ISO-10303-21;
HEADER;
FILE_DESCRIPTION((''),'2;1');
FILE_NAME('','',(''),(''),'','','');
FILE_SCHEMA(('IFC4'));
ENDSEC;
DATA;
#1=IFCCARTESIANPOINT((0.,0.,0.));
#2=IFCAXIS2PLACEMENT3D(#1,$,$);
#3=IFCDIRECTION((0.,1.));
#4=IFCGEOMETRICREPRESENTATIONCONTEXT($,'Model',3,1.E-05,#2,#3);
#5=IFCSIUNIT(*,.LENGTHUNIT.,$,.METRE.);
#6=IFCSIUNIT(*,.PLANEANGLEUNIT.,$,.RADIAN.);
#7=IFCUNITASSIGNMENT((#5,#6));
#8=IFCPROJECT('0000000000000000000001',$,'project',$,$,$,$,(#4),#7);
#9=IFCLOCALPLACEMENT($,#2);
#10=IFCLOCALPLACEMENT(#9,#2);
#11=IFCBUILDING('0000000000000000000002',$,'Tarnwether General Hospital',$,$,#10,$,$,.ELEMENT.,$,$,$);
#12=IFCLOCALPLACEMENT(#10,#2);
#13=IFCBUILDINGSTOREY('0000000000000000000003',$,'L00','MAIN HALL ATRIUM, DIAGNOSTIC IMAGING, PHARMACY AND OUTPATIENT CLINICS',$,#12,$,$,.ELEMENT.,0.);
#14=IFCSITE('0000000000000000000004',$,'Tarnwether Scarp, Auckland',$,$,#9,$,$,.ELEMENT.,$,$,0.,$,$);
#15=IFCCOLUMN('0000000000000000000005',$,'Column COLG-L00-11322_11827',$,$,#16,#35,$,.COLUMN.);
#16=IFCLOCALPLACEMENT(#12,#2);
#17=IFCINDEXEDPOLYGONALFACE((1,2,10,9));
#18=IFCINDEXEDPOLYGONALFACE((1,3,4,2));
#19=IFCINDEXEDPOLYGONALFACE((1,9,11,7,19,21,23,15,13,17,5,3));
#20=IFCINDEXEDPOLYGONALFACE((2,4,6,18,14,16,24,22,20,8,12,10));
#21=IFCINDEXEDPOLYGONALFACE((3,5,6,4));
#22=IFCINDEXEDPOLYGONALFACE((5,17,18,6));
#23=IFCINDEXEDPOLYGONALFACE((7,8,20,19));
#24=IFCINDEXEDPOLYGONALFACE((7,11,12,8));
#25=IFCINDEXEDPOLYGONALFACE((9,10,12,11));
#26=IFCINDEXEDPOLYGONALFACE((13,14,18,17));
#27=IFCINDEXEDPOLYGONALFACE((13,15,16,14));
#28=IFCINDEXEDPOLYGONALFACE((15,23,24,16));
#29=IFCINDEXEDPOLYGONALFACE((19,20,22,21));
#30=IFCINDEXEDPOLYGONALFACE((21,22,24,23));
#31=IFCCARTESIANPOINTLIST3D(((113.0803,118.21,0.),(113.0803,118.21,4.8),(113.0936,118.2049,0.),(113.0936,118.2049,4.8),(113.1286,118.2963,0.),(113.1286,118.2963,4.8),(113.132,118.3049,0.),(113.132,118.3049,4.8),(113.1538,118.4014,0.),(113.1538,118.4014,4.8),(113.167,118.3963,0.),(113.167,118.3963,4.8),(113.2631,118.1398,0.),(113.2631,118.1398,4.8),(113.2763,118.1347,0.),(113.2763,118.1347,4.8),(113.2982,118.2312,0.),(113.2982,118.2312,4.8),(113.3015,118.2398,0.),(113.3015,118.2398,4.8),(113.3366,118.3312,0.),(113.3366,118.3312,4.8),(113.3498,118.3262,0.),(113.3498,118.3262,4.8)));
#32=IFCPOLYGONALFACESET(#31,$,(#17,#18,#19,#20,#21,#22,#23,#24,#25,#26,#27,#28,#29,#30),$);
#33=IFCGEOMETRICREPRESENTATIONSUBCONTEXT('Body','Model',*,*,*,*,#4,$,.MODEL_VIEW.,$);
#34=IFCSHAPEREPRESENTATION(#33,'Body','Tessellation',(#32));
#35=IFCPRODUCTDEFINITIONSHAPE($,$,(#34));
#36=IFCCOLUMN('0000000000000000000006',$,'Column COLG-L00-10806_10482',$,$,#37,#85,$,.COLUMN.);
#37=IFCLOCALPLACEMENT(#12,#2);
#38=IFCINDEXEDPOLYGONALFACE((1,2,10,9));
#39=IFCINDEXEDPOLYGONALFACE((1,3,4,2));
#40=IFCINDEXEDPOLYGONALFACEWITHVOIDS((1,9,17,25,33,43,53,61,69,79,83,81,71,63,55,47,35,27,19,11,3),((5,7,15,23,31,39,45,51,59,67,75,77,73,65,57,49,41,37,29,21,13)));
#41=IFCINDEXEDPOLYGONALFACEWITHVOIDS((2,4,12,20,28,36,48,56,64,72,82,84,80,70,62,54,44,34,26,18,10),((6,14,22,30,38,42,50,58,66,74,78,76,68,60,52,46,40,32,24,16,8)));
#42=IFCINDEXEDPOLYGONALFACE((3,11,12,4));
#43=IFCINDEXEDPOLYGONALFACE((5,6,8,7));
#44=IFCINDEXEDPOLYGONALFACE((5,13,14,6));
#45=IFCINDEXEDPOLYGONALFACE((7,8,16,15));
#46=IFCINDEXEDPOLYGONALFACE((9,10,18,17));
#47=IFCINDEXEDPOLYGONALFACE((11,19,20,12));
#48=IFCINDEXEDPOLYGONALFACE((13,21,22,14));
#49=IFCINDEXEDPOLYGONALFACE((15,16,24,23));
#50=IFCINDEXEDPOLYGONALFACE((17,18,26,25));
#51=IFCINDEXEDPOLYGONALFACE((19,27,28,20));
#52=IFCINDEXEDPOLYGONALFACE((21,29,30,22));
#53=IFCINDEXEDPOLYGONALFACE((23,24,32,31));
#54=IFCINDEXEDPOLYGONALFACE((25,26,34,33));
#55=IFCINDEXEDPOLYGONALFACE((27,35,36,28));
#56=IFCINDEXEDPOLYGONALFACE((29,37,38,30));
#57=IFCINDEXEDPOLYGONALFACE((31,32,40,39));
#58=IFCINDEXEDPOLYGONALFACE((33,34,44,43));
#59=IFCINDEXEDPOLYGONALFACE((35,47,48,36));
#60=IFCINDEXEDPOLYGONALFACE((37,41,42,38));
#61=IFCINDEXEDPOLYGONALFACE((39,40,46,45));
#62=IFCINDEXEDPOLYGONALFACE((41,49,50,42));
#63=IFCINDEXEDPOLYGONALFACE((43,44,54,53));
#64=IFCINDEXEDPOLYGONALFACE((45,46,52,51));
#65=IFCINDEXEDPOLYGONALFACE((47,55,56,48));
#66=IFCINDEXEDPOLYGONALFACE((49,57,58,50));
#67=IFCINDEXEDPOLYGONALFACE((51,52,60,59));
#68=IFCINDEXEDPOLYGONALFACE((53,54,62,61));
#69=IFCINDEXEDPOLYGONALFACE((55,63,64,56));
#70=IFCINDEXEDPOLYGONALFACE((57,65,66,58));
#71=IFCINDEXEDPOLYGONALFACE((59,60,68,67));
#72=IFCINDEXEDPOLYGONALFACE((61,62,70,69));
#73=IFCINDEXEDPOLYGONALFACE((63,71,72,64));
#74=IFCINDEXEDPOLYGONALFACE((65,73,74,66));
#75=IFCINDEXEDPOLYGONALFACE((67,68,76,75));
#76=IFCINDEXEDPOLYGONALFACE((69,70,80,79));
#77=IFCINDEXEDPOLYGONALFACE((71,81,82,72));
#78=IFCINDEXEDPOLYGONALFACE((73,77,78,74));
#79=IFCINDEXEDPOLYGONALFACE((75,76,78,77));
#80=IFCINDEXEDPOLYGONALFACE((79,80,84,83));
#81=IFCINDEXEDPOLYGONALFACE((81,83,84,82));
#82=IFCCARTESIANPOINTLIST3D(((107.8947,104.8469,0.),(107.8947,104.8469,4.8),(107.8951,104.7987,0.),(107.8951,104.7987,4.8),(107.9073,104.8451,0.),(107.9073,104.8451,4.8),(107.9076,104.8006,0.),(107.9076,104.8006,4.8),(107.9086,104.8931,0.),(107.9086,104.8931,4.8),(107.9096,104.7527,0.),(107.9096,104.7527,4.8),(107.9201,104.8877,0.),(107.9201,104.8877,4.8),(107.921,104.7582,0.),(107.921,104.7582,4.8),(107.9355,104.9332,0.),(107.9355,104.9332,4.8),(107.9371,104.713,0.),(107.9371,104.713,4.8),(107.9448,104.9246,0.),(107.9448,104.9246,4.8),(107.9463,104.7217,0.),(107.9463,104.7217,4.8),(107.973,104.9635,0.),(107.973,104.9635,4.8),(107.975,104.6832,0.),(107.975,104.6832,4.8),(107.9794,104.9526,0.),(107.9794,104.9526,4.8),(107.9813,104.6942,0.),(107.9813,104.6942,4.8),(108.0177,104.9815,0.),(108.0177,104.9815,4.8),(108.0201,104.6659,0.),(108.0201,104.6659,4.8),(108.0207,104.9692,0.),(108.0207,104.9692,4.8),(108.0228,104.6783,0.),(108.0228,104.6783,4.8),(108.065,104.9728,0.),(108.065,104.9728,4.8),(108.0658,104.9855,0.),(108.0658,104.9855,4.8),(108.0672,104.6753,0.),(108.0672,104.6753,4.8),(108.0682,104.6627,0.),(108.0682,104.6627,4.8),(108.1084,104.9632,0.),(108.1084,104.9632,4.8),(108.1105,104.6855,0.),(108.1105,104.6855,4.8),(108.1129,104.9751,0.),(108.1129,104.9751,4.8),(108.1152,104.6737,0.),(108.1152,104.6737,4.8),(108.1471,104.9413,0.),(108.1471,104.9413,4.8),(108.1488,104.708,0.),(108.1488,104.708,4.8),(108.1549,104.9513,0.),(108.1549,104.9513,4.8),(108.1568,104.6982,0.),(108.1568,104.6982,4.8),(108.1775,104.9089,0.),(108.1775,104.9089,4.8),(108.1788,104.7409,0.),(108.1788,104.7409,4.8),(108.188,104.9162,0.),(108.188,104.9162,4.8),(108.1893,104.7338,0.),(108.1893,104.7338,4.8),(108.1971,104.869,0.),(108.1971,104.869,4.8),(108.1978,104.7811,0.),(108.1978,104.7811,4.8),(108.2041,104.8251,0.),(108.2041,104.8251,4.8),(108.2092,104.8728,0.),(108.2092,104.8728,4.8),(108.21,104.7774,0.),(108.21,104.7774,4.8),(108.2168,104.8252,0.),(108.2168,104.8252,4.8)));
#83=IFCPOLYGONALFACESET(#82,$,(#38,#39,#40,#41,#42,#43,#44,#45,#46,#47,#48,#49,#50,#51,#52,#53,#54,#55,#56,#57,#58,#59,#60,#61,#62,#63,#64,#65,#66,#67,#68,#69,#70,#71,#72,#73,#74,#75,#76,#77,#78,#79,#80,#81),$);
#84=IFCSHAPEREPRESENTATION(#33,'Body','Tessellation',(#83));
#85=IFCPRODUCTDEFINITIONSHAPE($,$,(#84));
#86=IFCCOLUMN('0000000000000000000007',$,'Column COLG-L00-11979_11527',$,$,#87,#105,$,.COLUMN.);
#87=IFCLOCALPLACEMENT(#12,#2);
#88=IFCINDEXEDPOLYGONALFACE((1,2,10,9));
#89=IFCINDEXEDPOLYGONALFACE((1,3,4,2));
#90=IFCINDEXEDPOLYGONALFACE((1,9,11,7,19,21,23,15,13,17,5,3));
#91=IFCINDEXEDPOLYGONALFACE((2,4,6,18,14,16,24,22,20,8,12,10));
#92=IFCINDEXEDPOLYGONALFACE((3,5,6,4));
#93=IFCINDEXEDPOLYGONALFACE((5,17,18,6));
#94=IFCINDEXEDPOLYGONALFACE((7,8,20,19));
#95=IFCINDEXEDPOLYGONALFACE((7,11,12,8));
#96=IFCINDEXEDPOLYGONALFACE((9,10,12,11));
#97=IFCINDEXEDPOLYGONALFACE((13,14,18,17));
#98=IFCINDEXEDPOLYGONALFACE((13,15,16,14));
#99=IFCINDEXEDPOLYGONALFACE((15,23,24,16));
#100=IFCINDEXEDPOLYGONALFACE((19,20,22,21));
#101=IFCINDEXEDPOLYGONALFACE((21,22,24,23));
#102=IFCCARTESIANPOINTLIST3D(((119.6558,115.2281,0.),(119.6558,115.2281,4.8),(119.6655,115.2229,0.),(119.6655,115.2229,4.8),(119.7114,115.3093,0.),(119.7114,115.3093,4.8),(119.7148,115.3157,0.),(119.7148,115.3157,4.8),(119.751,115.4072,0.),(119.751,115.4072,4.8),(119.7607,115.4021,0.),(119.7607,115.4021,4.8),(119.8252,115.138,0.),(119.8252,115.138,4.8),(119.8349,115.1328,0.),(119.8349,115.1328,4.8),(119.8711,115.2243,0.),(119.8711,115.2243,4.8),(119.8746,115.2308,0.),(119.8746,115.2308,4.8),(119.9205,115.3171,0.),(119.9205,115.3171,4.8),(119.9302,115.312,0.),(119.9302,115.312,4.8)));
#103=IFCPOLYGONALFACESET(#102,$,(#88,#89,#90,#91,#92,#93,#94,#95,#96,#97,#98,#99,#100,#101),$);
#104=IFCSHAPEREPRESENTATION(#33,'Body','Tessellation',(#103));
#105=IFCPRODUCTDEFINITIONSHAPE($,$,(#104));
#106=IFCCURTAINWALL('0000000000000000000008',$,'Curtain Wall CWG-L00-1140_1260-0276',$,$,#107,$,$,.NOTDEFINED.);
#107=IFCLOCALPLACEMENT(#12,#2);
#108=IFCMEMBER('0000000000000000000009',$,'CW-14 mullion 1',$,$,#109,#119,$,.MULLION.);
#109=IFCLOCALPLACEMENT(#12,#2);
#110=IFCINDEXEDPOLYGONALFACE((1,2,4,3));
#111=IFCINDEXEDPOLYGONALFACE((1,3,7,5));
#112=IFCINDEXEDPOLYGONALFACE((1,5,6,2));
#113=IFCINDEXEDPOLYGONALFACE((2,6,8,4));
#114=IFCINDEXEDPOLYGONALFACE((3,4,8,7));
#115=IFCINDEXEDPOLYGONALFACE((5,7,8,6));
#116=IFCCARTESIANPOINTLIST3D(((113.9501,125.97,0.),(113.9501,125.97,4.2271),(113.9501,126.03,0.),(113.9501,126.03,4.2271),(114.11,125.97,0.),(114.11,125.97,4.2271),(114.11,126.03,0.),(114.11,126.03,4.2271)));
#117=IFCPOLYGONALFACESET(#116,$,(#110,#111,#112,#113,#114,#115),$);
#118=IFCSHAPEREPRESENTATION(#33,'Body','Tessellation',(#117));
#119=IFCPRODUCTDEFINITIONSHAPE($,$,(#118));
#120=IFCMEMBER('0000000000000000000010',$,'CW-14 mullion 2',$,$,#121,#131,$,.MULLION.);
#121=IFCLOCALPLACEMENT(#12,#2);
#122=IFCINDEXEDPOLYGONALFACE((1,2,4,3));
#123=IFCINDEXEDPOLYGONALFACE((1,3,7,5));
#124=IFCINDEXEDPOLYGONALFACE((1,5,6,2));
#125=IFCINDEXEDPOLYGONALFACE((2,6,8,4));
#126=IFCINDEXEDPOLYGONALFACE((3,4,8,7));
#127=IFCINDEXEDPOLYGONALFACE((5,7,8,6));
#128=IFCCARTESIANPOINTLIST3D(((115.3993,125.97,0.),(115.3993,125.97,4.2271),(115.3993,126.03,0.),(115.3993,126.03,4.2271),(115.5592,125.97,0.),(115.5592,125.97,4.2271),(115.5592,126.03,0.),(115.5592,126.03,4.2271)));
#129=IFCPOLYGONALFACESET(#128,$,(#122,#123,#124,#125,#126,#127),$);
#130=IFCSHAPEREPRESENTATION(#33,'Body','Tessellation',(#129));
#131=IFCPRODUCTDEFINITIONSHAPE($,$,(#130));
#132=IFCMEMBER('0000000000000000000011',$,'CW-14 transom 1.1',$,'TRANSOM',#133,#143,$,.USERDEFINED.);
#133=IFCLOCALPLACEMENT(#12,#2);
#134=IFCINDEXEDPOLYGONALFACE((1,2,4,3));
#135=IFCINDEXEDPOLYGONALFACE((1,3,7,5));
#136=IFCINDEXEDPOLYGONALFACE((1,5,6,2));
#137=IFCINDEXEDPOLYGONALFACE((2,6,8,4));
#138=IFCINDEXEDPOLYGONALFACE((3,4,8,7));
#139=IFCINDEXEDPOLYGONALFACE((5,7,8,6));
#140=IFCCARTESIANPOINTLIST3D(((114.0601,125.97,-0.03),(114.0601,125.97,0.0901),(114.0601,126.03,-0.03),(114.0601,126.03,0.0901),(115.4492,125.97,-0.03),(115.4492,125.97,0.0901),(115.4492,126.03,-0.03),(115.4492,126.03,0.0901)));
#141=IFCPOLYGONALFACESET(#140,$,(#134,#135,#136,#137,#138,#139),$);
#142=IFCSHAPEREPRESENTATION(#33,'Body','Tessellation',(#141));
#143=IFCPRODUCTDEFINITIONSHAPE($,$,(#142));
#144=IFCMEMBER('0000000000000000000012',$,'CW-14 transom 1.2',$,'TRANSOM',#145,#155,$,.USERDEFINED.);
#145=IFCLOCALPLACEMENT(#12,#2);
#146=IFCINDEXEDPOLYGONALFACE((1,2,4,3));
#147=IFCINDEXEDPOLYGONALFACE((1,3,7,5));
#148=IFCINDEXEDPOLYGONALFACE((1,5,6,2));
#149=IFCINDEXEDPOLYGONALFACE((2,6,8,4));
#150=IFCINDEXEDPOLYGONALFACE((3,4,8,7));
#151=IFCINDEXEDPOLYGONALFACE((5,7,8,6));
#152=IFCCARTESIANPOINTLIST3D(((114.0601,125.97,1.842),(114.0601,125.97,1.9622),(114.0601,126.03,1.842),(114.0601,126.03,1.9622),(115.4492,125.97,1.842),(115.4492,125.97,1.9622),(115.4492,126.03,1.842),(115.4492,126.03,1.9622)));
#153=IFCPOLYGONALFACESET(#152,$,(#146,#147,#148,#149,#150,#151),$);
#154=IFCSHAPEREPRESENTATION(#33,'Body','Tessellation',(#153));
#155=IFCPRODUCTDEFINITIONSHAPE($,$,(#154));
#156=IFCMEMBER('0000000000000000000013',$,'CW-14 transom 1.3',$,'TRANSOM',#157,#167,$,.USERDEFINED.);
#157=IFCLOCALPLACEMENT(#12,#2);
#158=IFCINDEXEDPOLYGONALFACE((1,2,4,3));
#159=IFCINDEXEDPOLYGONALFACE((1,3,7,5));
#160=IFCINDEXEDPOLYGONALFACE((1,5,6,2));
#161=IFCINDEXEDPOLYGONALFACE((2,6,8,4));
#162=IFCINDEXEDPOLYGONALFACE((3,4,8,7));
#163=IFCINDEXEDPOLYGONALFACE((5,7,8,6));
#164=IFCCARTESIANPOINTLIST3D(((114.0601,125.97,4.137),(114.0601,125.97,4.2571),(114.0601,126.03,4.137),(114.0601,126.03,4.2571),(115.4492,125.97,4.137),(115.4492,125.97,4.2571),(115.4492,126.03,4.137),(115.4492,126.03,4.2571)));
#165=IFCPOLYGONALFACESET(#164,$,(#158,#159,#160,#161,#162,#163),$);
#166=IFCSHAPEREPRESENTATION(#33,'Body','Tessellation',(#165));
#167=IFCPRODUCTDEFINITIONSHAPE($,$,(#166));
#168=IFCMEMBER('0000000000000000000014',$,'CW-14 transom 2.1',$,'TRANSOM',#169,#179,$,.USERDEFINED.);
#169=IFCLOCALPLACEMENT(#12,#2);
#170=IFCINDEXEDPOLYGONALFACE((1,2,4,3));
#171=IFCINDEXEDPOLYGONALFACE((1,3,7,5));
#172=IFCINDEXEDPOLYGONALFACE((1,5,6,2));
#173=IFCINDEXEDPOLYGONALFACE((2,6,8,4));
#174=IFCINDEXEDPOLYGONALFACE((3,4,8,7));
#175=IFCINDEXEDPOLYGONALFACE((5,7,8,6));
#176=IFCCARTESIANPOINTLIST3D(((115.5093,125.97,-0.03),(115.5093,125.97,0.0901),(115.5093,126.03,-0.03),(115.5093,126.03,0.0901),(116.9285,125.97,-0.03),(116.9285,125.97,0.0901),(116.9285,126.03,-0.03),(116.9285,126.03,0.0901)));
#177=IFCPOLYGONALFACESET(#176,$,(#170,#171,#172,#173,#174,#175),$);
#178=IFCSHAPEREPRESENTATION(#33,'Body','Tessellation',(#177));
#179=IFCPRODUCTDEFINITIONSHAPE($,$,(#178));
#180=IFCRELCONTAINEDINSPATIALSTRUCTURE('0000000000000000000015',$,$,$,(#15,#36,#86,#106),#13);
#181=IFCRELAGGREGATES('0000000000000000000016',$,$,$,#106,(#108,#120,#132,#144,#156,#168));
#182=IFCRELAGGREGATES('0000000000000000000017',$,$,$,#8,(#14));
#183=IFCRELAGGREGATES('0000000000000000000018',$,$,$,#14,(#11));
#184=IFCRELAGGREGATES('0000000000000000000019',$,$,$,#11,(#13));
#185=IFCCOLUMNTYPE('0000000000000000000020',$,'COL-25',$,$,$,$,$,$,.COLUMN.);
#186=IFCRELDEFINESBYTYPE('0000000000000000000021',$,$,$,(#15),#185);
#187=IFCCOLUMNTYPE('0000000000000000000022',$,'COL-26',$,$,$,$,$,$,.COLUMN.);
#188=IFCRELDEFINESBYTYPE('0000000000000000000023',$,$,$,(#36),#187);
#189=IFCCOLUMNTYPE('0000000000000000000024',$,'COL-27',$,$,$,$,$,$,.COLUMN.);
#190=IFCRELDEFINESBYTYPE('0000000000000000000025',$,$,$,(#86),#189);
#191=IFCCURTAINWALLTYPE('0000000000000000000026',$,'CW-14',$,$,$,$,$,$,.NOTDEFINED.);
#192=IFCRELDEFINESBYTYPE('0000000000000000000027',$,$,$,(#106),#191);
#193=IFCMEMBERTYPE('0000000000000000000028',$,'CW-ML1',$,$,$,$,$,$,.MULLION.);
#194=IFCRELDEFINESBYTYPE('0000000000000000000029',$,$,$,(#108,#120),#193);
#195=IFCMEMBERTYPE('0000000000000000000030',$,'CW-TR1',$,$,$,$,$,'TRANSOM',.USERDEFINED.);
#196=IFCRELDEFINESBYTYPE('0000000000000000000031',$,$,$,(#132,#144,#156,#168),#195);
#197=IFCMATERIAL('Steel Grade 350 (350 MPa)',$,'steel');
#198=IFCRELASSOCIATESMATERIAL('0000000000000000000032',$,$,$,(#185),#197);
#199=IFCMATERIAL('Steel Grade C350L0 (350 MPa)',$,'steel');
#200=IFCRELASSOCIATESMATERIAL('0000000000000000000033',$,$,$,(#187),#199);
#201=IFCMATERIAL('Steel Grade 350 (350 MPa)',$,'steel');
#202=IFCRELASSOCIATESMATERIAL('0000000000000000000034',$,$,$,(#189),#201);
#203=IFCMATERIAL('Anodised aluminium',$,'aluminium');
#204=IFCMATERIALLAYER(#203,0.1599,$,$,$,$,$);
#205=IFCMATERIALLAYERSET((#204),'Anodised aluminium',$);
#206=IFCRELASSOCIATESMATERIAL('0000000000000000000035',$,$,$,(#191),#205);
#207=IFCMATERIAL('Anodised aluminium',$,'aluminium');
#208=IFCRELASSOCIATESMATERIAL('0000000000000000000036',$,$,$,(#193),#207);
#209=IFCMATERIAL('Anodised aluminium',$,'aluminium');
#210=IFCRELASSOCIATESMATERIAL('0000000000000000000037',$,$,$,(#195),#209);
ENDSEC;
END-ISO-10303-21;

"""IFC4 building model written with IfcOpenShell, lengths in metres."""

from ifc_helpers import new_model, si_unit, direction, frame, origin, origin_2d, place, context, subcontext, project, spatial, rectangle, hollow_circle, i_section, extrude, material, layer, layer_set, material_profile, profile_set, type_object, element, aggregate, save


model = new_model("IFC4")

# Units and contexts
model_context = context("Model", 3, precision=1e-05, world=origin(), true_north=direction((0.0, 1.0)))
body_context = subcontext(model_context, "Body", "Model", "MODEL_VIEW")
ifc_project = project(units=[si_unit("LENGTHUNIT", "METRE"), si_unit("PLANEANGLEUNIT", "RADIAN")], contexts=[model_context])

# Site, building, storey
site_placement = place(None, origin())
site = spatial("IfcSite", under=ifc_project, at=site_placement, Name="Tarnwether Scarp, Auckland", CompositionType="ELEMENT", RefElevation=0.0)
building_placement = place(site_placement, origin())
building = spatial("IfcBuilding", under=site, at=building_placement, Name="Tarnwether General Hospital", CompositionType="ELEMENT")
storey_placement = place(building_placement, origin())
storey = spatial("IfcBuildingStorey", under=building, at=storey_placement, Name="L00", Description="MAIN HALL ATRIUM, DIAGNOSTIC IMAGING, PHARMACY AND OUTPATIENT CLINICS", CompositionType="ELEMENT", Elevation=0.0)

# Columns
ifc_material_1 = material(Name="Steel Grade 350 (350 MPa)", Category="steel")
ifc_material_profile_1 = material_profile(ifc_material_1, i_section(OverallWidth=0.2051, OverallDepth=0.21, WebThickness=0.0093, FlangeThickness=0.0142, at=origin_2d()), Name="200UC59.5")
ifc_profile_set_1 = profile_set([ifc_material_profile_1], Name="Steel Grade 350 (350 MPa)")
column_type_1 = type_object("IfcColumnType", Name="COL-25", PredefinedType="COLUMN", material=ifc_profile_set_1)
column_1_placement = place(storey_placement, frame((113.2151, 118.2681, 0.0), z_axis=(0.0, 0.0, 1.0), x_axis=(0.358368, 0.93358, 0.0)))
element("IfcColumn", 1, at=column_1_placement, inside=storey, type_object=column_type_1, Name="Column COLG-L00-11322_11827", PredefinedType="COLUMN", context=body_context, shape_type="SweptSolid", body=[
    extrude(i_section(OverallWidth=0.2051, OverallDepth=0.21, WebThickness=0.0093, FlangeThickness=0.0142, at=origin_2d()), origin(), (0.0, 0.0, 1.0), 4.8),
])
ifc_material_2 = material(Name="Steel Grade C350L0 (350 MPa)", Category="steel")
ifc_material_profile_2 = material_profile(ifc_material_2, hollow_circle(Radius=0.1619, WallThickness=0.0127, at=origin_2d()), Name="CHS323.9x12.7")
ifc_profile_set_2 = profile_set([ifc_material_profile_2], Name="Steel Grade C350L0 (350 MPa)")
column_type_2 = type_object("IfcColumnType", Name="COL-26", PredefinedType="COLUMN", material=ifc_profile_set_2)
column_2_placement = place(storey_placement, frame((108.0549, 104.824, 0.0), z_axis=(0.0, 0.0, 1.0), x_axis=(0.358368, 0.93358, 0.0)))
element("IfcColumn", 2, at=column_2_placement, inside=storey, type_object=column_type_2, Name="Column COLG-L00-10806_10482", PredefinedType="COLUMN", context=body_context, shape_type="SweptSolid", body=[
    extrude(hollow_circle(Radius=0.1619, WallThickness=0.0127, at=origin_2d()), origin(), (0.0, 0.0, 1.0), 4.8),
])
ifc_material_3 = material(Name="Steel Grade 350 (350 MPa)", Category="steel")
ifc_material_profile_3 = material_profile(ifc_material_3, i_section(OverallWidth=0.2029, OverallDepth=0.2029, WebThickness=0.0073, FlangeThickness=0.011, at=origin_2d()), Name="200UC46.2")
ifc_profile_set_3 = profile_set([ifc_material_profile_3], Name="Steel Grade 350 (350 MPa)")
column_type_3 = type_object("IfcColumnType", Name="COL-27", PredefinedType="COLUMN", material=ifc_profile_set_3)
column_3_placement = place(storey_placement, frame((119.793, 115.27, 0.0), z_axis=(0.0, 0.0, 1.0), x_axis=(0.469472, 0.882948, 0.0)))
element("IfcColumn", 3, at=column_3_placement, inside=storey, type_object=column_type_3, Name="Column COLG-L00-11979_11527", PredefinedType="COLUMN", context=body_context, shape_type="SweptSolid", body=[
    extrude(i_section(OverallWidth=0.2029, OverallDepth=0.2029, WebThickness=0.0073, FlangeThickness=0.011, at=origin_2d()), origin(), (0.0, 0.0, 1.0), 4.8),
])

# Curtain wall, members
ifc_material_4 = material(Name="Anodised aluminium", Category="aluminium")
ifc_layer_1 = layer(ifc_material_4, 0.1599)
ifc_layer_set_1 = layer_set([ifc_layer_1], Name="Anodised aluminium")
curtain_wall_type = type_object("IfcCurtainWallType", Name="CW-14", PredefinedType="NOTDEFINED", material=ifc_layer_set_1)
curtain_wall_placement = place(storey_placement, origin())
curtain_wall = element("IfcCurtainWall", 4, at=curtain_wall_placement, inside=storey, type_object=curtain_wall_type, Name="Curtain Wall CWG-L00-1140_1260-0276", PredefinedType="NOTDEFINED")
ifc_material_5 = material(Name="Anodised aluminium", Category="aluminium")
ifc_material_profile_4 = material_profile(ifc_material_5, rectangle(XDim=0.0601, YDim=0.1599, at=origin_2d()), Name="ALU-MUL-60x160")
ifc_profile_set_4 = profile_set([ifc_material_profile_4], Name="Anodised aluminium")
member_type_1 = type_object("IfcMemberType", Name="CW-ML1", PredefinedType="MULLION", material=ifc_profile_set_4)
member_1_placement = place(storey_placement, frame((114.03, 126.0, 0.0), z_axis=(0.0, 0.0, 1.0), x_axis=(0.0, 1.0, 0.0)))
member_1 = element("IfcMember", 5, at=member_1_placement, type_object=member_type_1, Name="CW-14 mullion 1", PredefinedType="MULLION", context=body_context, shape_type="SweptSolid", body=[
    extrude(rectangle(XDim=0.0601, YDim=0.1599, at=origin_2d()), origin(), (0.0, 0.0, 1.0), 4.2271),
])
member_2_placement = place(storey_placement, frame((115.4792, 126.0, 0.0), z_axis=(0.0, 0.0, 1.0), x_axis=(0.0, 1.0, 0.0)))
member_2 = element("IfcMember", 6, at=member_2_placement, type_object=member_type_1, Name="CW-14 mullion 2", PredefinedType="MULLION", context=body_context, shape_type="SweptSolid", body=[
    extrude(rectangle(XDim=0.0601, YDim=0.1599, at=origin_2d()), origin(), (0.0, 0.0, 1.0), 4.2271),
])
ifc_material_6 = material(Name="Anodised aluminium", Category="aluminium")
ifc_material_profile_5 = material_profile(ifc_material_6, rectangle(XDim=0.0601, YDim=0.1201, at=origin_2d()), Name="ALU-TRN-60x120")
ifc_profile_set_5 = profile_set([ifc_material_profile_5], Name="Anodised aluminium")
member_type_2 = type_object("IfcMemberType", Name="CW-TR1", ElementType="TRANSOM", PredefinedType="USERDEFINED", material=ifc_profile_set_5)
member_3_placement = place(storey_placement, frame((114.0601, 126.0, 0.03), z_axis=(1.0, 0.0, 0.0), x_axis=(0.0, 1.0, 0.0)))
member_3 = element("IfcMember", 7, at=member_3_placement, type_object=member_type_2, Name="CW-14 transom 1.1", ObjectType="TRANSOM", PredefinedType="USERDEFINED", context=body_context, shape_type="SweptSolid", body=[
    extrude(rectangle(XDim=0.0601, YDim=0.1201, at=origin_2d()), origin(), (0.0, 0.0, 1.0), 1.3892),
])
member_4_placement = place(storey_placement, frame((114.0601, 126.0, 1.9021), z_axis=(1.0, 0.0, 0.0), x_axis=(0.0, 1.0, 0.0)))
member_4 = element("IfcMember", 8, at=member_4_placement, type_object=member_type_2, Name="CW-14 transom 1.2", ObjectType="TRANSOM", PredefinedType="USERDEFINED", context=body_context, shape_type="SweptSolid", body=[
    extrude(rectangle(XDim=0.0601, YDim=0.1201, at=origin_2d()), origin(), (0.0, 0.0, 1.0), 1.3892),
])
member_5_placement = place(storey_placement, frame((114.0601, 126.0, 4.197), z_axis=(1.0, 0.0, 0.0), x_axis=(0.0, 1.0, 0.0)))
member_5 = element("IfcMember", 9, at=member_5_placement, type_object=member_type_2, Name="CW-14 transom 1.3", ObjectType="TRANSOM", PredefinedType="USERDEFINED", context=body_context, shape_type="SweptSolid", body=[
    extrude(rectangle(XDim=0.0601, YDim=0.1201, at=origin_2d()), origin(), (0.0, 0.0, 1.0), 1.3892),
])
member_6_placement = place(storey_placement, frame((115.5093, 126.0, 0.03), z_axis=(1.0, 0.0, 0.0), x_axis=(0.0, 1.0, 0.0)))
member_6 = element("IfcMember", 10, at=member_6_placement, type_object=member_type_2, Name="CW-14 transom 2.1", ObjectType="TRANSOM", PredefinedType="USERDEFINED", context=body_context, shape_type="SweptSolid", body=[
    extrude(rectangle(XDim=0.0601, YDim=0.1201, at=origin_2d()), origin(), (0.0, 0.0, 1.0), 1.4192),
])
aggregate(curtain_wall, [member_1, member_2, member_3, member_4, member_5, member_6])

save(model, "model.ifc")
